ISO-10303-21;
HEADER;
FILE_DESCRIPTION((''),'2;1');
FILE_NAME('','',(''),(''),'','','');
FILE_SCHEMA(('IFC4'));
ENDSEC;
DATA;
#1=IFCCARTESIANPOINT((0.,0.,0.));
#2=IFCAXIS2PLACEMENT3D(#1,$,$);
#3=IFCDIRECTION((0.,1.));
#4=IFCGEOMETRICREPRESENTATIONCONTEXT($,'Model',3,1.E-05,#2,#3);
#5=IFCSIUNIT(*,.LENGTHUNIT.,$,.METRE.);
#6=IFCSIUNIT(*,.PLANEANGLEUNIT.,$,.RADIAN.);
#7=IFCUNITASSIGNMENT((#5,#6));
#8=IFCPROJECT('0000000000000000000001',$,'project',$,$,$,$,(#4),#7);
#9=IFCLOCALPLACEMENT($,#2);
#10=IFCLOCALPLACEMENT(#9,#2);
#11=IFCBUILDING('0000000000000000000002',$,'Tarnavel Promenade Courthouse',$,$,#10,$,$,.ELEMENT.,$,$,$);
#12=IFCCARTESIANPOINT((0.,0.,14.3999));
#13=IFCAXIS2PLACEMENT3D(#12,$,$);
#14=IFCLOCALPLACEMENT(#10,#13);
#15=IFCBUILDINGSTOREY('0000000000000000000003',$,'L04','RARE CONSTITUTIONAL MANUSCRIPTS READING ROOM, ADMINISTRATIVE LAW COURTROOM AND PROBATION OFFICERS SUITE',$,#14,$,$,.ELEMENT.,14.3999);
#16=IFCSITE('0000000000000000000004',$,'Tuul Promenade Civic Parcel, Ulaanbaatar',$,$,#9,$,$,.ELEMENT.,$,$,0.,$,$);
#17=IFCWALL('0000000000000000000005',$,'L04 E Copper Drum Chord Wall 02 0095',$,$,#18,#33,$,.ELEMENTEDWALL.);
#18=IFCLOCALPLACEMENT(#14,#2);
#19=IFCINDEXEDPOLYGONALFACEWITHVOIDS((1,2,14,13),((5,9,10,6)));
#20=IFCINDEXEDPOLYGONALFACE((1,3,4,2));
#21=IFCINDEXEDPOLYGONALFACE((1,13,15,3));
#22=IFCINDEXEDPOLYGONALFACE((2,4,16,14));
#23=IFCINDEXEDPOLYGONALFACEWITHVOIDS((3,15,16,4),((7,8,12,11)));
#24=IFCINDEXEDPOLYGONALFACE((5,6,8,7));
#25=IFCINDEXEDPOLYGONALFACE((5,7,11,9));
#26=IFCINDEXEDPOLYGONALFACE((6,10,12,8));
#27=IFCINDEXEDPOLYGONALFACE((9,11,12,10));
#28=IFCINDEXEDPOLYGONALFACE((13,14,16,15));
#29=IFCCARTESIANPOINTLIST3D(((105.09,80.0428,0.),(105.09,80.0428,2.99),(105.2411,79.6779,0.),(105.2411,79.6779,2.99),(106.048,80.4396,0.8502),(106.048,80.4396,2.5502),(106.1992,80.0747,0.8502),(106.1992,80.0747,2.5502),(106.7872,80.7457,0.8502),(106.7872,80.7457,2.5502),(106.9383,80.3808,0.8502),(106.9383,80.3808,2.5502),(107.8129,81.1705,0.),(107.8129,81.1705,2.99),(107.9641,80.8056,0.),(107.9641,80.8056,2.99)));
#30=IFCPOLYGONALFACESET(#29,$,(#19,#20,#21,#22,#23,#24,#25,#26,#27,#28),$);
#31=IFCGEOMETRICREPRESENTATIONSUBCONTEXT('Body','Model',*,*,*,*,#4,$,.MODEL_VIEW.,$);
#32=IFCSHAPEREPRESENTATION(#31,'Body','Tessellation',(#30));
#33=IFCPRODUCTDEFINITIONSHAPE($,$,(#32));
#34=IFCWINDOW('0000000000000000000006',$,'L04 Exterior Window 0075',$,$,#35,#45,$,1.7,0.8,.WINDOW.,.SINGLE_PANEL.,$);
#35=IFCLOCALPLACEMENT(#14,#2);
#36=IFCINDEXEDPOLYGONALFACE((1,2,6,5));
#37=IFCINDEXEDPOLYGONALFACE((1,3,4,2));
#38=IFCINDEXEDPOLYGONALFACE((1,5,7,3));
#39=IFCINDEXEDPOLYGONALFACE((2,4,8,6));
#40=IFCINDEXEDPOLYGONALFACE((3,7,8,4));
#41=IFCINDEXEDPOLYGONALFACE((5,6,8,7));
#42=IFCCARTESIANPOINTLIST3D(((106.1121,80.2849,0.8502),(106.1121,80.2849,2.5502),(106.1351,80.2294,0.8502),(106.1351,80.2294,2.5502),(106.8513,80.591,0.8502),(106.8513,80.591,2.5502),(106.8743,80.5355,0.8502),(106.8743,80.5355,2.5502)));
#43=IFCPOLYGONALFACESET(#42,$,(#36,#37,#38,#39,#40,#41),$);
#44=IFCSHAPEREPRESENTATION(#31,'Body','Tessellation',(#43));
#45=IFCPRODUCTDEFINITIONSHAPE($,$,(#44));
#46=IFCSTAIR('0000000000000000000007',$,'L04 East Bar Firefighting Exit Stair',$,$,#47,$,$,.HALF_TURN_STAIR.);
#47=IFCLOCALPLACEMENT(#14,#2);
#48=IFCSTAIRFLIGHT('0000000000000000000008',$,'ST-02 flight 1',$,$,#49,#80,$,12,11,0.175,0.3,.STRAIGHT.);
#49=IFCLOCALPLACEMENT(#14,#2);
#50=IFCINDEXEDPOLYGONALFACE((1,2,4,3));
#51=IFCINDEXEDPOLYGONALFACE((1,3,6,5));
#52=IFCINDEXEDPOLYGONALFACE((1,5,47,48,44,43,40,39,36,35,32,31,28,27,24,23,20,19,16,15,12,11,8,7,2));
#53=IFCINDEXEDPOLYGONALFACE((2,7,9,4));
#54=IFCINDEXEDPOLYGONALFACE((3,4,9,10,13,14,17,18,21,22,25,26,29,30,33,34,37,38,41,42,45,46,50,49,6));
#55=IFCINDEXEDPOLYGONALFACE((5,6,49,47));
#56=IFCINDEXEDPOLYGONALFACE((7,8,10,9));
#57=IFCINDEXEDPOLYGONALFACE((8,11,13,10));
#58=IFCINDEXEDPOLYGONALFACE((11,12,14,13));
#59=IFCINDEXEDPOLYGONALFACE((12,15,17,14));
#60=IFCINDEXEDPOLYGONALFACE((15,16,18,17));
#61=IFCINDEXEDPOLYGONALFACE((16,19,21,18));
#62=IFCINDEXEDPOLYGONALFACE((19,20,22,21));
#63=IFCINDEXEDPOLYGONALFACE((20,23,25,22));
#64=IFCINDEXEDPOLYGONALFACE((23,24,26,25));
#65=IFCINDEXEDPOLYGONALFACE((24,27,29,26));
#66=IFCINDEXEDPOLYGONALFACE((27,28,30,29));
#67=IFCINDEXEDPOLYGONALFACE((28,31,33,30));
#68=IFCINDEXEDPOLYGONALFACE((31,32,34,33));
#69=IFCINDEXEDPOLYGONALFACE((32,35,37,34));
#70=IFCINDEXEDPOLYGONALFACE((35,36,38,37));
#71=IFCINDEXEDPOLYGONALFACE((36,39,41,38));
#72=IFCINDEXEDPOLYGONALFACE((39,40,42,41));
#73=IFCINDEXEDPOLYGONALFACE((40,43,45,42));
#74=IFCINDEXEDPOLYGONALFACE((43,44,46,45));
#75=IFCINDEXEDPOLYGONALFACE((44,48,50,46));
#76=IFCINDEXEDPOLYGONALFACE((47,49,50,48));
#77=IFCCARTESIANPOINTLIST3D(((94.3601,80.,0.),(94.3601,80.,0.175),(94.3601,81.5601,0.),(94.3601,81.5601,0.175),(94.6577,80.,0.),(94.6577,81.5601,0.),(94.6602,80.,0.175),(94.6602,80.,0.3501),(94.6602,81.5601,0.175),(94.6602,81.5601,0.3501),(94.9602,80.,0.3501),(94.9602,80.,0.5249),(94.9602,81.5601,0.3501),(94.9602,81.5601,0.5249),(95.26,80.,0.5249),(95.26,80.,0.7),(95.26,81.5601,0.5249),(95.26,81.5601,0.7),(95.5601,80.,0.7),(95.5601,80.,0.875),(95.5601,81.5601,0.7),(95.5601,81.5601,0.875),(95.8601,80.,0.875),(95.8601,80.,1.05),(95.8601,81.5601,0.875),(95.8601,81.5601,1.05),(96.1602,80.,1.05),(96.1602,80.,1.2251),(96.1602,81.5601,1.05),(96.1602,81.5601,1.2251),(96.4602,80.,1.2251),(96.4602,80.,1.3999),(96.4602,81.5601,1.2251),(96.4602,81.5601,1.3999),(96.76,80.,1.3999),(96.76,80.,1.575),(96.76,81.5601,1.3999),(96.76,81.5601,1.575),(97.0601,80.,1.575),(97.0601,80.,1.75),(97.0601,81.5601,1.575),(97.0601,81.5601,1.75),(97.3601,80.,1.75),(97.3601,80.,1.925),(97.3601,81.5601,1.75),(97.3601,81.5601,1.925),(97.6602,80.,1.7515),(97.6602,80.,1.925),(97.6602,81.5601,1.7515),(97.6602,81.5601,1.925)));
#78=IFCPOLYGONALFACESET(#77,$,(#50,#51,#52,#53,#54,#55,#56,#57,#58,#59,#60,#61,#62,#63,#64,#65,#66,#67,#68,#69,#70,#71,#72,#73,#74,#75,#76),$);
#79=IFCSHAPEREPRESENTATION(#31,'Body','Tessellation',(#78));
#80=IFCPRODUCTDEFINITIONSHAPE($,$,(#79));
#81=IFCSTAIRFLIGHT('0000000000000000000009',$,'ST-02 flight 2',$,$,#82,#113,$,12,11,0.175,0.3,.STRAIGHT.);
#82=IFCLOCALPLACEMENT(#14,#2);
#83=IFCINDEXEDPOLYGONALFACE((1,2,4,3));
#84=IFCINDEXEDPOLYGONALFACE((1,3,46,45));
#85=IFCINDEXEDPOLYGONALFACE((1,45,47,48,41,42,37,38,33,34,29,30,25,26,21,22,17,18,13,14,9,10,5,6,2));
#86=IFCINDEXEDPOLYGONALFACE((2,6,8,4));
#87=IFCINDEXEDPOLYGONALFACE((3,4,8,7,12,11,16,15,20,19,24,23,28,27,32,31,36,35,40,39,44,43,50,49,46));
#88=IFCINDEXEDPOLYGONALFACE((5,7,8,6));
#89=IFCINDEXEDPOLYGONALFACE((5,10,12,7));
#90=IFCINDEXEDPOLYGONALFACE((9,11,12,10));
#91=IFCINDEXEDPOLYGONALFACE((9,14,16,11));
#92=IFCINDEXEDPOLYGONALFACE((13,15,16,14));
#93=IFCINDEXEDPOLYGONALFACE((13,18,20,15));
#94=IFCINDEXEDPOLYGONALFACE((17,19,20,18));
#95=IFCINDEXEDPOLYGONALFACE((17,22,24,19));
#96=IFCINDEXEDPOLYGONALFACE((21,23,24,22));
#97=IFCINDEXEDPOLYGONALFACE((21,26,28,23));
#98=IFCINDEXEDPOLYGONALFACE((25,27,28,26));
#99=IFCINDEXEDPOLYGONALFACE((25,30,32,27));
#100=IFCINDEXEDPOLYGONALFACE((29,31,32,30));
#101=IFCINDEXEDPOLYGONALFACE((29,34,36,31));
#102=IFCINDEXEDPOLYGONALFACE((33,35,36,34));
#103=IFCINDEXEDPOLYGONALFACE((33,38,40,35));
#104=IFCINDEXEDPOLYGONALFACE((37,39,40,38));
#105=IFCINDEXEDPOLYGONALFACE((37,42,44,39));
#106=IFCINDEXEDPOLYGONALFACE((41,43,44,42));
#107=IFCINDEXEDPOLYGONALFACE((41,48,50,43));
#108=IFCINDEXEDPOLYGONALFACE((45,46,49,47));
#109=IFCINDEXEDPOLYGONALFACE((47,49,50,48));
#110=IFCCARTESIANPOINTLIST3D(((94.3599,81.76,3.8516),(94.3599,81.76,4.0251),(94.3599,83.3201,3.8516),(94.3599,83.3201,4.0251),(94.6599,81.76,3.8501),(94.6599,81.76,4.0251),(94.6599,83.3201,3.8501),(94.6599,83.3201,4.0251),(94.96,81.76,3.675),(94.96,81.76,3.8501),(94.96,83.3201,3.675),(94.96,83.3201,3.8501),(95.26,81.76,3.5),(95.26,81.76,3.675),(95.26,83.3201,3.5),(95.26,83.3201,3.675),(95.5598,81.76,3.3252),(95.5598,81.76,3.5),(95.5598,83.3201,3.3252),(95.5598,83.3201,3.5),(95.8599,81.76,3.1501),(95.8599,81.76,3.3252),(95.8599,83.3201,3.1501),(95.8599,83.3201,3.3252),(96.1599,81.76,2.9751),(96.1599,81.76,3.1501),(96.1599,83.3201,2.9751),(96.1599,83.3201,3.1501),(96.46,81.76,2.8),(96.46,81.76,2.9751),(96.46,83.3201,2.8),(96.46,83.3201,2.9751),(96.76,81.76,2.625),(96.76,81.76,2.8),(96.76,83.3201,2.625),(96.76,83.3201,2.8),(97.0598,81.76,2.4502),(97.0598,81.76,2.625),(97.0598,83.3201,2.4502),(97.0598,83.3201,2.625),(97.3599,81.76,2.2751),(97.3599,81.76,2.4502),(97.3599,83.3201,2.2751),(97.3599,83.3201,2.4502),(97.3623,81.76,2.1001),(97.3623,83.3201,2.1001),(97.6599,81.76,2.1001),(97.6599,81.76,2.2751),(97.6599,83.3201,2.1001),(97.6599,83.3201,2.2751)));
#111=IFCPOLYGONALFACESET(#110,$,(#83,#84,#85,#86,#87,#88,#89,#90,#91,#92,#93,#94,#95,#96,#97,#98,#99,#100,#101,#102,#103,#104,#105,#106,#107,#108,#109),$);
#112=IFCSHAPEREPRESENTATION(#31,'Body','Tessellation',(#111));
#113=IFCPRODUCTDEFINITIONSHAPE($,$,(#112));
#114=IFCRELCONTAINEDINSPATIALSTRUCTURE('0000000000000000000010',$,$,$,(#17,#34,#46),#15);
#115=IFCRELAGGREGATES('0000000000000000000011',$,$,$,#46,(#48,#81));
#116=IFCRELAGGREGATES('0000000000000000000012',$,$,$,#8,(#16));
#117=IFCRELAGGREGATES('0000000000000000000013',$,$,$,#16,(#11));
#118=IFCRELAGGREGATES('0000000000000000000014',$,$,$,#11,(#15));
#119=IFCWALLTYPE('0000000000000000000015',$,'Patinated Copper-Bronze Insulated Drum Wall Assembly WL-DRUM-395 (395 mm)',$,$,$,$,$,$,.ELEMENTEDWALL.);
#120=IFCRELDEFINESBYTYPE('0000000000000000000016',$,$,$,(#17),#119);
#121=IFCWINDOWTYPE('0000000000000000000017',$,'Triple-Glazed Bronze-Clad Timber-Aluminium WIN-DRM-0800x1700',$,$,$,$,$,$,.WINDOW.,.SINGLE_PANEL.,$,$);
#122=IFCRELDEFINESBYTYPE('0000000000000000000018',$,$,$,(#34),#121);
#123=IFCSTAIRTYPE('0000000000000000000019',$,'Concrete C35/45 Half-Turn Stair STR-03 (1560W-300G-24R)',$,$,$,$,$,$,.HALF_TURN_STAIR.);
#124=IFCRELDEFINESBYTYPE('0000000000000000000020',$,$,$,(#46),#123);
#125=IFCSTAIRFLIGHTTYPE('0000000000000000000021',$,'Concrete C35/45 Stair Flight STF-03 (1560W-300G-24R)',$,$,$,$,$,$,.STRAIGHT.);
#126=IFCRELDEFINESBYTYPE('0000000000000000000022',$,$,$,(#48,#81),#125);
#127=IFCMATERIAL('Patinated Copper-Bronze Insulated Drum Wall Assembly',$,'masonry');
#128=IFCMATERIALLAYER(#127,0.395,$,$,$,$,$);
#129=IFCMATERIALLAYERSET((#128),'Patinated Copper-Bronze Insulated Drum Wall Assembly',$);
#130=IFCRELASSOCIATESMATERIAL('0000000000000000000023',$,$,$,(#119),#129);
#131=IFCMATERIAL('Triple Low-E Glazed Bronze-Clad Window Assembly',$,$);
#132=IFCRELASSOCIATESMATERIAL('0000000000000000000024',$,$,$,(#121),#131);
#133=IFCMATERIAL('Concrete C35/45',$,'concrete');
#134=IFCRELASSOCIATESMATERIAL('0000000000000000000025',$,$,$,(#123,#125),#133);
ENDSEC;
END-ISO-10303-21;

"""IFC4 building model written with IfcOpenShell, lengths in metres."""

from ifc_helpers import new_model, si_unit, direction, frame, frame_2d, origin, place, context, subcontext, project, spatial, polyline, rectangle, outline, extrude, material, layer, layer_set, type_object, element, fill, aggregate, save


model = new_model("IFC4")

# Units and contexts
model_context = context("Model", 3, precision=1e-05, world=origin(), true_north=direction((0.0, 1.0)))
body_context = subcontext(model_context, "Body", "Model", "MODEL_VIEW")
ifc_project = project(units=[si_unit("LENGTHUNIT", "METRE"), si_unit("PLANEANGLEUNIT", "RADIAN")], contexts=[model_context])

# Site, building, storey
site_placement = place(None, origin())
site = spatial("IfcSite", under=ifc_project, at=site_placement, Name="Tuul Promenade Civic Parcel, Ulaanbaatar", CompositionType="ELEMENT", RefElevation=0.0)
building_placement = place(site_placement, origin())
building = spatial("IfcBuilding", under=site, at=building_placement, Name="Tarnavel Promenade Courthouse", CompositionType="ELEMENT")
storey_placement = place(building_placement, frame((0.0, 0.0, 14.3999)))
storey = spatial("IfcBuildingStorey", under=building, at=storey_placement, Name="L04", Description="RARE CONSTITUTIONAL MANUSCRIPTS READING ROOM, ADMINISTRATIVE LAW COURTROOM AND PROBATION OFFICERS SUITE", CompositionType="ELEMENT", Elevation=14.3999)

# Wall, opening, window
ifc_material_1 = material(Name="Patinated Copper-Bronze Insulated Drum Wall Assembly", Category="masonry")
ifc_layer_1 = layer(ifc_material_1, 0.395)
ifc_layer_set_1 = layer_set([ifc_layer_1], Name="Patinated Copper-Bronze Insulated Drum Wall Assembly")
wall_type_1 = type_object("IfcWallType", Name="Patinated Copper-Bronze Insulated Drum Wall Assembly WL-DRUM-395 (395 mm)", PredefinedType="ELEMENTEDWALL", material=ifc_layer_set_1)
wall_1_placement = place(storey_placement, frame((105.1655, 79.8604, 0.0), z_axis=(0.0, 0.0, 1.0), x_axis=(0.923901, 0.382632, 0.0)))
wall_1 = element("IfcWall", 1, at=wall_1_placement, inside=storey, type_object=wall_type_1, Name="L04 E Copper Drum Chord Wall 02 0095", PredefinedType="ELEMENTEDWALL", context=body_context, shape_type="SweptSolid", body=[
    extrude(rectangle(XDim=2.9473, YDim=0.395, at=frame_2d((1.4736, 0.0))), origin(), (0.0, 0.0, 1.0), 2.99),
])
opening_1_placement = place(wall_1_placement, frame((1.0371, 0.0, 0.8501)))
opening_1 = element("IfcOpeningElement", 2, at=opening_1_placement, cuts=wall_1, PredefinedType="OPENING", context=body_context, shape_type="SweptSolid", body=[
    extrude(rectangle(XDim=0.8, YDim=1.7, at=frame_2d((0.3999, 0.8501))), frame((0.0, 0.2075, 0.0), z_axis=(0.0, -1.0, 0.0), x_axis=(1.0, 0.0, 0.0)), (0.0, 0.0, 1.0), 0.415),
])
ifc_material_2 = material(Name="Triple Low-E Glazed Bronze-Clad Window Assembly")
window_type = type_object("IfcWindowType", Name="Triple-Glazed Bronze-Clad Timber-Aluminium WIN-DRM-0800x1700", PartitioningType="SINGLE_PANEL", PredefinedType="WINDOW", material=ifc_material_2)
window_placement = place(opening_1_placement, origin())
window = element("IfcWindow", 3, at=window_placement, inside=storey, type_object=window_type, Name="L04 Exterior Window 0075", OverallHeight=1.7, OverallWidth=0.8, PartitioningType="SINGLE_PANEL", PredefinedType="WINDOW", context=body_context, shape_type="SweptSolid", body=[
    extrude(rectangle(XDim=0.8, YDim=1.7, at=frame_2d((0.3999, 0.8501))), frame((0.0, 0.03, 0.0), z_axis=(0.0, -1.0, 0.0), x_axis=(1.0, 0.0, 0.0)), (0.0, 0.0, 1.0), 0.0601),
])
fill(opening_1, window)

# Stair, stair flights
ifc_material_3 = material(Name="Concrete C35/45", Category="concrete")
stair_type = type_object("IfcStairType", Name="Concrete C35/45 Half-Turn Stair STR-03 (1560W-300G-24R)", PredefinedType="HALF_TURN_STAIR", material=ifc_material_3)
stair_placement = place(storey_placement, origin())
stair = element("IfcStair", 4, at=stair_placement, inside=storey, type_object=stair_type, Name="L04 East Bar Firefighting Exit Stair", PredefinedType="HALF_TURN_STAIR")
stair_flight_type = type_object("IfcStairFlightType", Name="Concrete C35/45 Stair Flight STF-03 (1560W-300G-24R)", PredefinedType="STRAIGHT", material=ifc_material_3)
stair_flight_1_placement = place(storey_placement, frame((94.3601, 80.78, 0.0), z_axis=(0.0, 0.0, 1.0), x_axis=(1.0, 0.0, 0.0)))
stair_flight_1 = element("IfcStairFlight", 5, at=stair_flight_1_placement, type_object=stair_flight_type, Name="ST-02 flight 1", NumberOfRisers=12, NumberOfTreads=11, PredefinedType="STRAIGHT", RiserHeight=0.175, TreadLength=0.3, context=body_context, shape_type="SweptSolid", body=[
    extrude(outline(polyline([(0.0, 0.0), (0.0, 0.175), (0.3, 0.175), (0.3, 0.3501), (0.6001, 0.3501), (0.6001, 0.5249), (0.8999, 0.5249), (0.8999, 0.7), (1.2, 0.7), (1.2, 0.875), (1.5, 0.875), (1.5, 1.05), (1.8, 1.05), (1.8, 1.2251), (2.1001, 1.2251), (2.1001, 1.3999), (2.3999, 1.3999), (2.3999, 1.575), (2.7, 1.575), (2.7, 1.75), (3.0, 1.75), (3.0, 1.925), (3.3, 1.925), (3.3, 2.1001), (3.3, 1.7515), (0.2976, 0.0), (0.0, 0.0)])), frame((0.0, 0.78, 0.0), z_axis=(0.0, -1.0, 0.0), x_axis=(1.0, 0.0, 0.0)), (0.0, 0.0, 1.0), 1.5601),
])
stair_flight_2_placement = place(storey_placement, frame((97.6599, 82.54, 2.1001), z_axis=(0.0, 0.0, 1.0), x_axis=(-1.0, 0.0, 0.0)))
stair_flight_2 = element("IfcStairFlight", 6, at=stair_flight_2_placement, type_object=stair_flight_type, Name="ST-02 flight 2", NumberOfRisers=12, NumberOfTreads=11, PredefinedType="STRAIGHT", RiserHeight=0.175, TreadLength=0.3, context=body_context, shape_type="SweptSolid", body=[
    extrude(outline(polyline([(0.0, 0.0), (0.0, 0.175), (0.3, 0.175), (0.3, 0.3501), (0.6001, 0.3501), (0.6001, 0.5249), (0.8999, 0.5249), (0.8999, 0.7), (1.2, 0.7), (1.2, 0.875), (1.5, 0.875), (1.5, 1.05), (1.8, 1.05), (1.8, 1.2251), (2.1001, 1.2251), (2.1001, 1.3999), (2.3999, 1.3999), (2.3999, 1.575), (2.7, 1.575), (2.7, 1.75), (3.0, 1.75), (3.0, 1.925), (3.3, 1.925), (3.3, 2.1001), (3.3, 1.7515), (0.2976, 0.0), (0.0, 0.0)])), frame((0.0, 0.78, 0.0), z_axis=(0.0, -1.0, 0.0), x_axis=(1.0, 0.0, 0.0)), (0.0, 0.0, 1.0), 1.5601),
])
aggregate(stair, [stair_flight_1, stair_flight_2])

save(model, "model.ifc")
